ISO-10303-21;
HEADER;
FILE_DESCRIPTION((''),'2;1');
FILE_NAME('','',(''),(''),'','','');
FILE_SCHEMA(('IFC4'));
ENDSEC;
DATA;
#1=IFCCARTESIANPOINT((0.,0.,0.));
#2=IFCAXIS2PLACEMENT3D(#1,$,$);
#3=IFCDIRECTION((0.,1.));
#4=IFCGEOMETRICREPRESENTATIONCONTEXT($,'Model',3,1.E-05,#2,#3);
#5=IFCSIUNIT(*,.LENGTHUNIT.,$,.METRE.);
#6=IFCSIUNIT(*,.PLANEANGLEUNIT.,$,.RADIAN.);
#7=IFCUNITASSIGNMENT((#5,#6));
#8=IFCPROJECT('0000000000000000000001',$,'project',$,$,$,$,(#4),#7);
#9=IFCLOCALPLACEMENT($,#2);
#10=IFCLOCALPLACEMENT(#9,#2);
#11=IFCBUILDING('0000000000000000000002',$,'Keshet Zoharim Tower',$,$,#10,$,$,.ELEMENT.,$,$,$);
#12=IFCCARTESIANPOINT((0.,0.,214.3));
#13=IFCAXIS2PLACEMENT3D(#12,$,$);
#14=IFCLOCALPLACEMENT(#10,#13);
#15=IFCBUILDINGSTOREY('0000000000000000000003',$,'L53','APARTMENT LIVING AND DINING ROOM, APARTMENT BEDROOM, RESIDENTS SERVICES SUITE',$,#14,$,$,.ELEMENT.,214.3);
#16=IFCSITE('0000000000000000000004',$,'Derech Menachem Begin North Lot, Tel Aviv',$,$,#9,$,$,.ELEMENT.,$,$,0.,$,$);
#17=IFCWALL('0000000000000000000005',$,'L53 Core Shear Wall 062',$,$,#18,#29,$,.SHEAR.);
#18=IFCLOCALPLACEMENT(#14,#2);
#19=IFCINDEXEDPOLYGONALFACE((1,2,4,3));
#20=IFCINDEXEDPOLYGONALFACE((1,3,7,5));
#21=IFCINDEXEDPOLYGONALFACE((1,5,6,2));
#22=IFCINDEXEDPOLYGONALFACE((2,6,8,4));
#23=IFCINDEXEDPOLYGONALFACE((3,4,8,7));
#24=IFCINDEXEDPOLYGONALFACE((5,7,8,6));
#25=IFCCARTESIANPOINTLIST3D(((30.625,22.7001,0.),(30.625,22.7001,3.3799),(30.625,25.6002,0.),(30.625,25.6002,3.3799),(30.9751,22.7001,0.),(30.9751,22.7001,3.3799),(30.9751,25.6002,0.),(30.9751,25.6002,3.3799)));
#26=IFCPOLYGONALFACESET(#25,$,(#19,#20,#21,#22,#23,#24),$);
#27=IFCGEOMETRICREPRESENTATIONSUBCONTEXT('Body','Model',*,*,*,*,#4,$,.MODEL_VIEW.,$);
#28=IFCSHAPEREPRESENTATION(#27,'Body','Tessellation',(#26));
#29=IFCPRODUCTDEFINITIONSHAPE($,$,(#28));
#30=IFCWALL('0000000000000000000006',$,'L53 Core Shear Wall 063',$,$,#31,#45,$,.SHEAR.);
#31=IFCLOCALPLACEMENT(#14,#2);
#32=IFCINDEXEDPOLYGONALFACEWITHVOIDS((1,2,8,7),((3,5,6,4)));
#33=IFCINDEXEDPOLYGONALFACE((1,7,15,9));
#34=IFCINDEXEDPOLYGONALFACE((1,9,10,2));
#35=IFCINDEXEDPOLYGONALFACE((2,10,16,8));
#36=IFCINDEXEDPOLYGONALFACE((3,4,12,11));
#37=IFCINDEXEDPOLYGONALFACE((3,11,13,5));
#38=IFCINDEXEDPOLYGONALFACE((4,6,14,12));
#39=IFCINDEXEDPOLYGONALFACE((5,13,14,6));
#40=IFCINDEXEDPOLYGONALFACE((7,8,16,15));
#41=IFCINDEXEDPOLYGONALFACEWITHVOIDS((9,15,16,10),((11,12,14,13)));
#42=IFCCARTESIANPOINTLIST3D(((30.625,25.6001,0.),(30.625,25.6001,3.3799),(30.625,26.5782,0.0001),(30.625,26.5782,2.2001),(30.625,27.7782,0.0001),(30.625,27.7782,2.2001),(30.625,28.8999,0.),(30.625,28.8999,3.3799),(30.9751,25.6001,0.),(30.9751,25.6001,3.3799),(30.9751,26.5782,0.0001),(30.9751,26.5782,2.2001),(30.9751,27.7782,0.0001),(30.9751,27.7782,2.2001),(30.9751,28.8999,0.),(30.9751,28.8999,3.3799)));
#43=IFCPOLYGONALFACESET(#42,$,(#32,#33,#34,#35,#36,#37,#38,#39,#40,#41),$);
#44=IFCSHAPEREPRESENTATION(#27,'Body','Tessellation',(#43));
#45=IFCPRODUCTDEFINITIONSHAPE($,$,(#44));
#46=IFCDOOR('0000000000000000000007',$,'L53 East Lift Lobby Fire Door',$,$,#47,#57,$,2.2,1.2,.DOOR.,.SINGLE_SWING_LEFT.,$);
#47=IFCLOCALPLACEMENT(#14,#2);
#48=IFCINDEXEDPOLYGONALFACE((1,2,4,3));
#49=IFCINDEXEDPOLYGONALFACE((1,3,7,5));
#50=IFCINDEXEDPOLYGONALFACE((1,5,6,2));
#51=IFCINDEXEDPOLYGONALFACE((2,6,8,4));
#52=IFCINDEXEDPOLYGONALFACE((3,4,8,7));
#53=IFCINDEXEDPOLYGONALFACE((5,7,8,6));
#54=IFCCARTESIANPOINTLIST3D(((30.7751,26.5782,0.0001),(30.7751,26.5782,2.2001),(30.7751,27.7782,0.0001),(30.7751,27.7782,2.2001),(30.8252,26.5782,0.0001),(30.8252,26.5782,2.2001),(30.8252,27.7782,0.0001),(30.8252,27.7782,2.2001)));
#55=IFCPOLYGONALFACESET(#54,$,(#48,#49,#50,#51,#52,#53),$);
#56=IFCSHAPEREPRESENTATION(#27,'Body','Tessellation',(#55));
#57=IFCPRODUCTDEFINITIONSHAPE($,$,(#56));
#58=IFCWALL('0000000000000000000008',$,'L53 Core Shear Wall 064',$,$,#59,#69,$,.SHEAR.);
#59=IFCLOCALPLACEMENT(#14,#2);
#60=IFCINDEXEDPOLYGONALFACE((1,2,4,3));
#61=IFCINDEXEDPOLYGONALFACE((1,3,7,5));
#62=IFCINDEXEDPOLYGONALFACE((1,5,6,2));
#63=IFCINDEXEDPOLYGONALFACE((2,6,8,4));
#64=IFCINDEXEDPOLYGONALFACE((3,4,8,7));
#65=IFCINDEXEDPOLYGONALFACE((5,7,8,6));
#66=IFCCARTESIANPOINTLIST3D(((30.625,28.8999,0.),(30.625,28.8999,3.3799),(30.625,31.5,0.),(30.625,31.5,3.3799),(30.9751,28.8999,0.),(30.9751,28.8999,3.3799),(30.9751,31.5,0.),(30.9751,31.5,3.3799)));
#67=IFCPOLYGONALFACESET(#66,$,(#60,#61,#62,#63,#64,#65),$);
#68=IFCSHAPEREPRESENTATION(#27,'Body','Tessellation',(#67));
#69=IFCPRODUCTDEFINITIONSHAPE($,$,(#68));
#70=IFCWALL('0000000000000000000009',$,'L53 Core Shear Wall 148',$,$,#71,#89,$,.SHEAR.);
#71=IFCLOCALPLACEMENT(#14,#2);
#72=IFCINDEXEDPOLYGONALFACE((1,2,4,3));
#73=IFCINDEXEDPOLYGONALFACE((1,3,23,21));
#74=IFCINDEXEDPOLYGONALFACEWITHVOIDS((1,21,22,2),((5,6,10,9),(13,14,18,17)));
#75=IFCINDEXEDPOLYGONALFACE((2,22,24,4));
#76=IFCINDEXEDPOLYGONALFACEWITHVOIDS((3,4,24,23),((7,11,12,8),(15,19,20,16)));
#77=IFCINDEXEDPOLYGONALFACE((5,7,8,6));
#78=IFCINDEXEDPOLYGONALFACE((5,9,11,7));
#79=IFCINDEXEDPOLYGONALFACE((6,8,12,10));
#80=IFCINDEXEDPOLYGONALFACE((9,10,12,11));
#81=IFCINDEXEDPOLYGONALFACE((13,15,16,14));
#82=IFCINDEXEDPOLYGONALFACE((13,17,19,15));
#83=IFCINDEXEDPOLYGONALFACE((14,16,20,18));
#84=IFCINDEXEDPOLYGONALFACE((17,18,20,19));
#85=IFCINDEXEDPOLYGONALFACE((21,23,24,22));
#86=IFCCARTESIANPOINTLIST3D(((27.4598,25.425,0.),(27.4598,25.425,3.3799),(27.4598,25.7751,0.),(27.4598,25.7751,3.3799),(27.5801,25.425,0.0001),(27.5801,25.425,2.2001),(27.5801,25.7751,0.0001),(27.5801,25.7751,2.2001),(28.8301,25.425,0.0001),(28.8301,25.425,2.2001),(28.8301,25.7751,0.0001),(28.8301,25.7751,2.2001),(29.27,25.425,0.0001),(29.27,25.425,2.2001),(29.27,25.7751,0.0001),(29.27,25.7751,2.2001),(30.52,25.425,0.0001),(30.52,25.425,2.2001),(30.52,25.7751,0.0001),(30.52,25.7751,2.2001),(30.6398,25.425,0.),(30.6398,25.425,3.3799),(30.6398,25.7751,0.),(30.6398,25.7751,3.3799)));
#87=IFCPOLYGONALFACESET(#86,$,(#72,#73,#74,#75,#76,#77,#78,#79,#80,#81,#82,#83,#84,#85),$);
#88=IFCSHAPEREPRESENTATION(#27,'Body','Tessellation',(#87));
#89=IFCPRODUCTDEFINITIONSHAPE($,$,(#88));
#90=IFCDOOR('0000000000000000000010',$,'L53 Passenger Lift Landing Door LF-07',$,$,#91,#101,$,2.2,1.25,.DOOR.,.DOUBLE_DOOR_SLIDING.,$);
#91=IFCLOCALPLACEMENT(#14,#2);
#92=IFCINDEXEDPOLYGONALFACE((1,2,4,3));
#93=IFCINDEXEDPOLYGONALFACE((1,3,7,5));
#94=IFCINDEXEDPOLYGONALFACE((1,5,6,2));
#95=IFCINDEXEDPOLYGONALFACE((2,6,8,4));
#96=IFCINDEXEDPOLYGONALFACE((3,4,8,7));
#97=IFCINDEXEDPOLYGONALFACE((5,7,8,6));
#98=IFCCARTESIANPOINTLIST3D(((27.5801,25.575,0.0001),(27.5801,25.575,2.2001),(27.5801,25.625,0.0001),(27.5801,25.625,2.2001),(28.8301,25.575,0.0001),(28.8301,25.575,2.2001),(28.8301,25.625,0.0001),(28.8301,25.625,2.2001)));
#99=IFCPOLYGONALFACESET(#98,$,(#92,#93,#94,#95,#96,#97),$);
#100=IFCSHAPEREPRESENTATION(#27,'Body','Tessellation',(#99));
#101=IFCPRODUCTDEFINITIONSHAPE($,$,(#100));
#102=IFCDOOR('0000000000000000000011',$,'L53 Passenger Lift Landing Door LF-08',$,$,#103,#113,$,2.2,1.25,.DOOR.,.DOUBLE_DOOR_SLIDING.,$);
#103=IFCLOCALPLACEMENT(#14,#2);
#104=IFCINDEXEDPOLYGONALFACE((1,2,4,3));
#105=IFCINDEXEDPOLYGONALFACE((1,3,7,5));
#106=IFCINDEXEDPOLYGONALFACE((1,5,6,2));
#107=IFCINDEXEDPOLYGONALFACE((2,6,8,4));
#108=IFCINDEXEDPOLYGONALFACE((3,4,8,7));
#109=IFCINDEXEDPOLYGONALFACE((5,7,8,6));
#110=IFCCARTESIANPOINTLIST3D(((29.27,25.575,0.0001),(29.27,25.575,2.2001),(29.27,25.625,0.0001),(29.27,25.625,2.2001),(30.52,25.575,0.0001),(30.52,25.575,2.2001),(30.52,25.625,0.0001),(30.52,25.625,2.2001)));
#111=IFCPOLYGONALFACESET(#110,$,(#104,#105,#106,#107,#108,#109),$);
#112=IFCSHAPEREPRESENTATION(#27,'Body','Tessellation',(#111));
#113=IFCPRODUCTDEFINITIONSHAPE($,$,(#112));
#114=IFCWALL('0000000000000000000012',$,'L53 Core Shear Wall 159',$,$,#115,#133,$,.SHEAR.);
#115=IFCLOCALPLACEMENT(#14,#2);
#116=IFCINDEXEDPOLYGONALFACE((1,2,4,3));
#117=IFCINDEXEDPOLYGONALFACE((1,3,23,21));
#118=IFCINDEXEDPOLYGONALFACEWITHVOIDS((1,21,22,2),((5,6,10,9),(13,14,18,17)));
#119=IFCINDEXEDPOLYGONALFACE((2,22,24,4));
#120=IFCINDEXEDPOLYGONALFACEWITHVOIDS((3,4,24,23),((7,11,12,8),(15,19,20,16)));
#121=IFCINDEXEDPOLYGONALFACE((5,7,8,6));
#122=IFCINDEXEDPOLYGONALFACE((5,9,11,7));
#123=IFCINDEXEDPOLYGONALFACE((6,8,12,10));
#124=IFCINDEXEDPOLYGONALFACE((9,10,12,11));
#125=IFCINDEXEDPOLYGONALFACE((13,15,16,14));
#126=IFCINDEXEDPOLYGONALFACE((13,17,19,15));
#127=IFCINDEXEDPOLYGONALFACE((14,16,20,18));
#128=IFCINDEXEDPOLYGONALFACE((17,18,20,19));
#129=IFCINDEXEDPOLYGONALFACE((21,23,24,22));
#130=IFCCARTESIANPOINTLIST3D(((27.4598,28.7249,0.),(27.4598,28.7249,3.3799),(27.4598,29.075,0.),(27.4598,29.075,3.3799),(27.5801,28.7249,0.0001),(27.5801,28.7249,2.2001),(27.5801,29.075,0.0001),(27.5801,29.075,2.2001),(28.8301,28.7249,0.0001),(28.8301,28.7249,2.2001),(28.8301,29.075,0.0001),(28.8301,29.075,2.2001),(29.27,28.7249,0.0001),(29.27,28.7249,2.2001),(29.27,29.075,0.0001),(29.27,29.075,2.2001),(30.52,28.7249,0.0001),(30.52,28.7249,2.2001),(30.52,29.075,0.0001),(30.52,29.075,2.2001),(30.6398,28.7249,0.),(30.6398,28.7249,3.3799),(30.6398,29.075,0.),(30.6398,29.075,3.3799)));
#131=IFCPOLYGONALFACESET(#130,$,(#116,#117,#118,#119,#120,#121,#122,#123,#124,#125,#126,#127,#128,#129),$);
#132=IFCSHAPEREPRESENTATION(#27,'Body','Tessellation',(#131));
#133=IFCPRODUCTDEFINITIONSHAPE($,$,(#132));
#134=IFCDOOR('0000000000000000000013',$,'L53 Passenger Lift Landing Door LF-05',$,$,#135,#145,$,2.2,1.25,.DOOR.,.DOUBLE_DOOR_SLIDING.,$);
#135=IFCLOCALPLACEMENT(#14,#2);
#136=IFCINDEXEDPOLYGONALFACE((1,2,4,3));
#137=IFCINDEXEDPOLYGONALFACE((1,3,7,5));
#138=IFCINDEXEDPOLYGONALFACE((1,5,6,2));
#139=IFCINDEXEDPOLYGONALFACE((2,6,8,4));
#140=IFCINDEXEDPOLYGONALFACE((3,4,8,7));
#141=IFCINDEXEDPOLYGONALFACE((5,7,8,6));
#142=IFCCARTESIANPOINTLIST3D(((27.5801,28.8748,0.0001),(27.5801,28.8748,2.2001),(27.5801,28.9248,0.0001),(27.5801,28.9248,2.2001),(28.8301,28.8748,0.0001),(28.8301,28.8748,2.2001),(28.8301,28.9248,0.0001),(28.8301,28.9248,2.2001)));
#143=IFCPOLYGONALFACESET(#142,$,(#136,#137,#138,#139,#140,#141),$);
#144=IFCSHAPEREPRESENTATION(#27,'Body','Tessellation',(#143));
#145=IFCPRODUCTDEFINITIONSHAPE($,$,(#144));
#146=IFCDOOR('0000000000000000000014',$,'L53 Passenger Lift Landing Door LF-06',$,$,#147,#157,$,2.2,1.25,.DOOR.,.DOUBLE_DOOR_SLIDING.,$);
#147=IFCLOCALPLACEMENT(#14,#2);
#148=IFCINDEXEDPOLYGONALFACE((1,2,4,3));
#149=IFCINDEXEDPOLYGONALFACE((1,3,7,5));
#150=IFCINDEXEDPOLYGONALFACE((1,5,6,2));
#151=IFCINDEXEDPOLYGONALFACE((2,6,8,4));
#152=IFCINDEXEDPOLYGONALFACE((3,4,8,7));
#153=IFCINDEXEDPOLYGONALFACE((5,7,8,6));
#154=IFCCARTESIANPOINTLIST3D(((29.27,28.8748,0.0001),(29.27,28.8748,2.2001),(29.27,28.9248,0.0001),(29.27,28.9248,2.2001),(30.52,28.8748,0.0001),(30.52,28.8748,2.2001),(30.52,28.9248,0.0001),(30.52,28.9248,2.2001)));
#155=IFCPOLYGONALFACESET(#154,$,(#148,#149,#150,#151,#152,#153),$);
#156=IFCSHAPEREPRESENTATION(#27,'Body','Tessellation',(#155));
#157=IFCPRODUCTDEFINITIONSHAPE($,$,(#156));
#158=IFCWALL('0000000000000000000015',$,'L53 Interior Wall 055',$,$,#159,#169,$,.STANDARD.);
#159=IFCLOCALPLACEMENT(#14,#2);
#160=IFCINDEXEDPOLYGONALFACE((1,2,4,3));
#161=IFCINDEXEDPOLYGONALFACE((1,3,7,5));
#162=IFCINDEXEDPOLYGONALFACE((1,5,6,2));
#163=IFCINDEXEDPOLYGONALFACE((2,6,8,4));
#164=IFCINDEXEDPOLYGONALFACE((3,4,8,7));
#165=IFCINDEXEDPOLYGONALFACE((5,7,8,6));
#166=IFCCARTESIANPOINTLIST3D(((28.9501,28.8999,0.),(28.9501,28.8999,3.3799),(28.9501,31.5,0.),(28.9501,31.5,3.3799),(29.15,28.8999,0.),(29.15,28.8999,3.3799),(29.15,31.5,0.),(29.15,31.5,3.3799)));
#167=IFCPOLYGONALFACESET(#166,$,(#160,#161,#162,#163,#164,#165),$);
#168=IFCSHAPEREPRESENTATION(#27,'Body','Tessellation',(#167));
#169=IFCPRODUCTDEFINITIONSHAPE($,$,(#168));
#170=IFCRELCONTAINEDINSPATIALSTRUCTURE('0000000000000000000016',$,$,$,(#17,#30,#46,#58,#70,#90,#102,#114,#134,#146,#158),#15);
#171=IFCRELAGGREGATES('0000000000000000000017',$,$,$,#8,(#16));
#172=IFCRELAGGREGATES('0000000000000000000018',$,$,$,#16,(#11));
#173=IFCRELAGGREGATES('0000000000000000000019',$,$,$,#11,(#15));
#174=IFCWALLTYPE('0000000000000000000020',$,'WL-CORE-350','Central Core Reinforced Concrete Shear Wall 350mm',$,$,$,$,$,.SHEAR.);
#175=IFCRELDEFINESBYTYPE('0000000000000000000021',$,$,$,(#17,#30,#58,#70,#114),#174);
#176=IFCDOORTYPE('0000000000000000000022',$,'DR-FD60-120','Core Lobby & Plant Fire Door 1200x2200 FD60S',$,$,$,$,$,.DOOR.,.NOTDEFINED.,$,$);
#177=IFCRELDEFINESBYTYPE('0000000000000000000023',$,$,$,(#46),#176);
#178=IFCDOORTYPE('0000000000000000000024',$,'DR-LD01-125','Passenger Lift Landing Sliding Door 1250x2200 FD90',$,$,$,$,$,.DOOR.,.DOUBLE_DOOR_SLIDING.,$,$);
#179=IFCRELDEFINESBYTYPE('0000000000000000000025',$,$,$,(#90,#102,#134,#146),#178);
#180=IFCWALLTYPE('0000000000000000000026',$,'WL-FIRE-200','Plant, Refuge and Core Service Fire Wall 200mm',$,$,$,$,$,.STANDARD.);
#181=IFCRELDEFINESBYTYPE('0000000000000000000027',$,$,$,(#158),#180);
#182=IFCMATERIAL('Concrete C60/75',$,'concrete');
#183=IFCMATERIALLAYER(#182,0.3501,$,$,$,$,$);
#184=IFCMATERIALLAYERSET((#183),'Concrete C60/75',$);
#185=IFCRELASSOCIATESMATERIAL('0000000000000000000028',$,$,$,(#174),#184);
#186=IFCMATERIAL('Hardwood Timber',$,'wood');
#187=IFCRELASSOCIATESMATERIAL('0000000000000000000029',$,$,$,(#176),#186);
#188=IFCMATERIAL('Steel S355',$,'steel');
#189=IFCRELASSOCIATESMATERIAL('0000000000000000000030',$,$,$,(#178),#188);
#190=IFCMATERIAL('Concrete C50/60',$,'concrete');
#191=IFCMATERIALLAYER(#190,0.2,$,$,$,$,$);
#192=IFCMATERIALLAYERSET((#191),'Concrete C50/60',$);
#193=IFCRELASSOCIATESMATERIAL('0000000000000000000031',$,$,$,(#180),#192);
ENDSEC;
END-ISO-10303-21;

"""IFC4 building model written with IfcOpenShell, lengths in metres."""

from ifc_helpers import new_model, si_unit, direction, frame, frame_2d, origin, place, context, subcontext, project, spatial, rectangle, extrude, material, layer, layer_set, type_object, element, fill, save


model = new_model("IFC4")

# Units and contexts
model_context = context("Model", 3, precision=1e-05, world=origin(), true_north=direction((0.0, 1.0)))
body_context = subcontext(model_context, "Body", "Model", "MODEL_VIEW")
ifc_project = project(units=[si_unit("LENGTHUNIT", "METRE"), si_unit("PLANEANGLEUNIT", "RADIAN")], contexts=[model_context])

# Site, building, storey
site_placement = place(None, origin())
site = spatial("IfcSite", under=ifc_project, at=site_placement, Name="Derech Menachem Begin North Lot, Tel Aviv", CompositionType="ELEMENT", RefElevation=0.0)
building_placement = place(site_placement, origin())
building = spatial("IfcBuilding", under=site, at=building_placement, Name="Keshet Zoharim Tower", CompositionType="ELEMENT")
storey_placement = place(building_placement, frame((0.0, 0.0, 214.3)))
storey = spatial("IfcBuildingStorey", under=building, at=storey_placement, Name="L53", Description="APARTMENT LIVING AND DINING ROOM, APARTMENT BEDROOM, RESIDENTS SERVICES SUITE", CompositionType="ELEMENT", Elevation=214.3)

# Shared definitions
ifc_material_1 = material(Name="Concrete C50/60", Category="concrete")

# Shared definitions
ifc_material_2 = material(Name="Steel S355", Category="steel")

# Wall
ifc_material_3 = material(Name="Concrete C60/75", Category="concrete")
ifc_layer_1 = layer(ifc_material_3, 0.3501)
ifc_layer_set_1 = layer_set([ifc_layer_1], Name="Concrete C60/75")
wall_type_1 = type_object("IfcWallType", Name="WL-CORE-350", Description="Central Core Reinforced Concrete Shear Wall 350mm", PredefinedType="SHEAR", material=ifc_layer_set_1)
wall_1_placement = place(storey_placement, frame((30.8, 22.7, 0.0), z_axis=(0.0, 0.0, 1.0), x_axis=(0.0, 1.0, 0.0)))
element("IfcWall", 1, at=wall_1_placement, inside=storey, type_object=wall_type_1, Name="L53 Core Shear Wall 062", PredefinedType="SHEAR", context=body_context, shape_type="SweptSolid", body=[
    extrude(rectangle(XDim=2.9001, YDim=0.3501, at=frame_2d((1.4502, 0.0))), origin(), (0.0, 0.0, 1.0), 3.3799),
])

# Wall, opening, door
wall_2_placement = place(storey_placement, frame((30.8, 25.6001, 0.0), z_axis=(0.0, 0.0, 1.0), x_axis=(0.0, 1.0, 0.0)))
wall_2 = element("IfcWall", 2, at=wall_2_placement, inside=storey, type_object=wall_type_1, Name="L53 Core Shear Wall 063", PredefinedType="SHEAR", context=body_context, shape_type="SweptSolid", body=[
    extrude(rectangle(XDim=3.2998, YDim=0.3501, at=frame_2d((1.6499, 0.0))), origin(), (0.0, 0.0, 1.0), 3.3799),
])
opening_1_placement = place(wall_2_placement, frame((0.978, 0.0, 0.0)))
opening_1 = element("IfcOpeningElement", 3, at=opening_1_placement, cuts=wall_2, PredefinedType="OPENING", context=body_context, shape_type="SweptSolid", body=[
    extrude(rectangle(XDim=1.2, YDim=2.2, at=frame_2d((0.6001, 1.1001))), frame((0.0, 0.1851, 0.0), z_axis=(0.0, -1.0, 0.0), x_axis=(1.0, 0.0, 0.0)), (0.0, 0.0, 1.0), 0.3701),
])
ifc_material_4 = material(Name="Hardwood Timber", Category="wood")
door_type_1 = type_object("IfcDoorType", Name="DR-FD60-120", Description="Core Lobby & Plant Fire Door 1200x2200 FD60S", OperationType="NOTDEFINED", PredefinedType="DOOR", material=ifc_material_4)
door_1_placement = place(opening_1_placement, origin())
door_1 = element("IfcDoor", 4, at=door_1_placement, inside=storey, type_object=door_type_1, Name="L53 East Lift Lobby Fire Door", OperationType="SINGLE_SWING_LEFT", OverallHeight=2.2, OverallWidth=1.2, PredefinedType="DOOR", context=body_context, shape_type="SweptSolid", body=[
    extrude(rectangle(XDim=1.2, YDim=2.2, at=frame_2d((0.6001, 1.1001))), frame((0.0, 0.0249, 0.0), z_axis=(0.0, -1.0, 0.0), x_axis=(1.0, 0.0, 0.0)), (0.0, 0.0, 1.0), 0.05),
])
fill(opening_1, door_1)

# Wall
wall_3_placement = place(storey_placement, frame((30.8, 28.8999, 0.0), z_axis=(0.0, 0.0, 1.0), x_axis=(0.0, 1.0, 0.0)))
element("IfcWall", 5, at=wall_3_placement, inside=storey, type_object=wall_type_1, Name="L53 Core Shear Wall 064", PredefinedType="SHEAR", context=body_context, shape_type="SweptSolid", body=[
    extrude(rectangle(XDim=2.6001, YDim=0.3501, at=frame_2d((1.3, 0.0))), origin(), (0.0, 0.0, 1.0), 3.3799),
])

# Walls, openings, doors
wall_4_placement = place(storey_placement, frame((27.46, 25.6001, 0.0), z_axis=(0.0, 0.0, 1.0), x_axis=(1.0, 0.0, 0.0)))
wall_4 = element("IfcWall", 6, at=wall_4_placement, inside=storey, type_object=wall_type_1, Name="L53 Core Shear Wall 148", PredefinedType="SHEAR", context=body_context, shape_type="SweptSolid", body=[
    extrude(rectangle(XDim=3.1799, YDim=0.3501, at=frame_2d((1.5898, 0.0))), origin(), (0.0, 0.0, 1.0), 3.3799),
])
opening_2_placement = place(wall_4_placement, frame((0.1201, 0.0, 0.0)))
opening_2 = element("IfcOpeningElement", 7, at=opening_2_placement, cuts=wall_4, PredefinedType="OPENING", context=body_context, shape_type="SweptSolid", body=[
    extrude(rectangle(XDim=1.25, YDim=2.2, at=frame_2d((0.625, 1.1001))), frame((0.0, 0.1851, 0.0), z_axis=(0.0, -1.0, 0.0), x_axis=(1.0, 0.0, 0.0)), (0.0, 0.0, 1.0), 0.3701),
])
opening_3_placement = place(wall_4_placement, frame((1.8101, 0.0, 0.0)))
opening_3 = element("IfcOpeningElement", 8, at=opening_3_placement, cuts=wall_4, PredefinedType="OPENING", context=body_context, shape_type="SweptSolid", body=[
    extrude(rectangle(XDim=1.25, YDim=2.2, at=frame_2d((0.625, 1.1001))), frame((0.0, 0.1851, 0.0), z_axis=(0.0, -1.0, 0.0), x_axis=(1.0, 0.0, 0.0)), (0.0, 0.0, 1.0), 0.3701),
])
door_type_2 = type_object("IfcDoorType", Name="DR-LD01-125", Description="Passenger Lift Landing Sliding Door 1250x2200 FD90", OperationType="DOUBLE_DOOR_SLIDING", PredefinedType="DOOR", material=ifc_material_2)
door_2_placement = place(opening_2_placement, origin())
door_2 = element("IfcDoor", 9, at=door_2_placement, inside=storey, type_object=door_type_2, Name="L53 Passenger Lift Landing Door LF-07", OperationType="DOUBLE_DOOR_SLIDING", OverallHeight=2.2, OverallWidth=1.25, PredefinedType="DOOR", context=body_context, shape_type="SweptSolid", body=[
    extrude(rectangle(XDim=1.25, YDim=2.2, at=frame_2d((0.625, 1.1001))), frame((0.0, 0.0249, 0.0), z_axis=(0.0, -1.0, 0.0), x_axis=(1.0, 0.0, 0.0)), (0.0, 0.0, 1.0), 0.05),
])
fill(opening_2, door_2)
door_3_placement = place(opening_3_placement, origin())
door_3 = element("IfcDoor", 10, at=door_3_placement, inside=storey, type_object=door_type_2, Name="L53 Passenger Lift Landing Door LF-08", OperationType="DOUBLE_DOOR_SLIDING", OverallHeight=2.2, OverallWidth=1.25, PredefinedType="DOOR", context=body_context, shape_type="SweptSolid", body=[
    extrude(rectangle(XDim=1.25, YDim=2.2, at=frame_2d((0.625, 1.1001))), frame((0.0, 0.0249, 0.0), z_axis=(0.0, -1.0, 0.0), x_axis=(1.0, 0.0, 0.0)), (0.0, 0.0, 1.0), 0.05),
])
fill(opening_3, door_3)
wall_5_placement = place(storey_placement, frame((27.46, 28.8999, 0.0), z_axis=(0.0, 0.0, 1.0), x_axis=(1.0, 0.0, 0.0)))
wall_5 = element("IfcWall", 11, at=wall_5_placement, inside=storey, type_object=wall_type_1, Name="L53 Core Shear Wall 159", PredefinedType="SHEAR", context=body_context, shape_type="SweptSolid", body=[
    extrude(rectangle(XDim=3.1799, YDim=0.3501, at=frame_2d((1.5898, 0.0))), origin(), (0.0, 0.0, 1.0), 3.3799),
])
opening_4_placement = place(wall_5_placement, frame((0.1201, 0.0, 0.0)))
opening_4 = element("IfcOpeningElement", 12, at=opening_4_placement, cuts=wall_5, PredefinedType="OPENING", context=body_context, shape_type="SweptSolid", body=[
    extrude(rectangle(XDim=1.25, YDim=2.2, at=frame_2d((0.625, 1.1001))), frame((0.0, 0.1851, 0.0), z_axis=(0.0, -1.0, 0.0), x_axis=(1.0, 0.0, 0.0)), (0.0, 0.0, 1.0), 0.3701),
])
opening_5_placement = place(wall_5_placement, frame((1.8101, 0.0, 0.0)))
opening_5 = element("IfcOpeningElement", 13, at=opening_5_placement, cuts=wall_5, PredefinedType="OPENING", context=body_context, shape_type="SweptSolid", body=[
    extrude(rectangle(XDim=1.25, YDim=2.2, at=frame_2d((0.625, 1.1001))), frame((0.0, 0.1851, 0.0), z_axis=(0.0, -1.0, 0.0), x_axis=(1.0, 0.0, 0.0)), (0.0, 0.0, 1.0), 0.3701),
])
door_4_placement = place(opening_4_placement, origin())
door_4 = element("IfcDoor", 14, at=door_4_placement, inside=storey, type_object=door_type_2, Name="L53 Passenger Lift Landing Door LF-05", OperationType="DOUBLE_DOOR_SLIDING", OverallHeight=2.2, OverallWidth=1.25, PredefinedType="DOOR", context=body_context, shape_type="SweptSolid", body=[
    extrude(rectangle(XDim=1.25, YDim=2.2, at=frame_2d((0.625, 1.1001))), frame((0.0, 0.0249, 0.0), z_axis=(0.0, -1.0, 0.0), x_axis=(1.0, 0.0, 0.0)), (0.0, 0.0, 1.0), 0.05),
])
fill(opening_4, door_4)
door_5_placement = place(opening_5_placement, origin())
door_5 = element("IfcDoor", 15, at=door_5_placement, inside=storey, type_object=door_type_2, Name="L53 Passenger Lift Landing Door LF-06", OperationType="DOUBLE_DOOR_SLIDING", OverallHeight=2.2, OverallWidth=1.25, PredefinedType="DOOR", context=body_context, shape_type="SweptSolid", body=[
    extrude(rectangle(XDim=1.25, YDim=2.2, at=frame_2d((0.625, 1.1001))), frame((0.0, 0.0249, 0.0), z_axis=(0.0, -1.0, 0.0), x_axis=(1.0, 0.0, 0.0)), (0.0, 0.0, 1.0), 0.05),
])
fill(opening_5, door_5)

# Wall
ifc_layer_2 = layer(ifc_material_1, 0.2)
ifc_layer_set_2 = layer_set([ifc_layer_2], Name="Concrete C50/60")
wall_type_2 = type_object("IfcWallType", Name="WL-FIRE-200", Description="Plant, Refuge and Core Service Fire Wall 200mm", PredefinedType="STANDARD", material=ifc_layer_set_2)
wall_6_placement = place(storey_placement, frame((29.05, 28.8999, 0.0), z_axis=(0.0, 0.0, 1.0), x_axis=(0.0, 1.0, 0.0)))
element("IfcWall", 16, at=wall_6_placement, inside=storey, type_object=wall_type_2, Name="L53 Interior Wall 055", PredefinedType="STANDARD", context=body_context, shape_type="SweptSolid", body=[
    extrude(rectangle(XDim=2.6001, YDim=0.2, at=frame_2d((1.3, 0.0))), origin(), (0.0, 0.0, 1.0), 3.3799),
])

save(model, "model.ifc")
